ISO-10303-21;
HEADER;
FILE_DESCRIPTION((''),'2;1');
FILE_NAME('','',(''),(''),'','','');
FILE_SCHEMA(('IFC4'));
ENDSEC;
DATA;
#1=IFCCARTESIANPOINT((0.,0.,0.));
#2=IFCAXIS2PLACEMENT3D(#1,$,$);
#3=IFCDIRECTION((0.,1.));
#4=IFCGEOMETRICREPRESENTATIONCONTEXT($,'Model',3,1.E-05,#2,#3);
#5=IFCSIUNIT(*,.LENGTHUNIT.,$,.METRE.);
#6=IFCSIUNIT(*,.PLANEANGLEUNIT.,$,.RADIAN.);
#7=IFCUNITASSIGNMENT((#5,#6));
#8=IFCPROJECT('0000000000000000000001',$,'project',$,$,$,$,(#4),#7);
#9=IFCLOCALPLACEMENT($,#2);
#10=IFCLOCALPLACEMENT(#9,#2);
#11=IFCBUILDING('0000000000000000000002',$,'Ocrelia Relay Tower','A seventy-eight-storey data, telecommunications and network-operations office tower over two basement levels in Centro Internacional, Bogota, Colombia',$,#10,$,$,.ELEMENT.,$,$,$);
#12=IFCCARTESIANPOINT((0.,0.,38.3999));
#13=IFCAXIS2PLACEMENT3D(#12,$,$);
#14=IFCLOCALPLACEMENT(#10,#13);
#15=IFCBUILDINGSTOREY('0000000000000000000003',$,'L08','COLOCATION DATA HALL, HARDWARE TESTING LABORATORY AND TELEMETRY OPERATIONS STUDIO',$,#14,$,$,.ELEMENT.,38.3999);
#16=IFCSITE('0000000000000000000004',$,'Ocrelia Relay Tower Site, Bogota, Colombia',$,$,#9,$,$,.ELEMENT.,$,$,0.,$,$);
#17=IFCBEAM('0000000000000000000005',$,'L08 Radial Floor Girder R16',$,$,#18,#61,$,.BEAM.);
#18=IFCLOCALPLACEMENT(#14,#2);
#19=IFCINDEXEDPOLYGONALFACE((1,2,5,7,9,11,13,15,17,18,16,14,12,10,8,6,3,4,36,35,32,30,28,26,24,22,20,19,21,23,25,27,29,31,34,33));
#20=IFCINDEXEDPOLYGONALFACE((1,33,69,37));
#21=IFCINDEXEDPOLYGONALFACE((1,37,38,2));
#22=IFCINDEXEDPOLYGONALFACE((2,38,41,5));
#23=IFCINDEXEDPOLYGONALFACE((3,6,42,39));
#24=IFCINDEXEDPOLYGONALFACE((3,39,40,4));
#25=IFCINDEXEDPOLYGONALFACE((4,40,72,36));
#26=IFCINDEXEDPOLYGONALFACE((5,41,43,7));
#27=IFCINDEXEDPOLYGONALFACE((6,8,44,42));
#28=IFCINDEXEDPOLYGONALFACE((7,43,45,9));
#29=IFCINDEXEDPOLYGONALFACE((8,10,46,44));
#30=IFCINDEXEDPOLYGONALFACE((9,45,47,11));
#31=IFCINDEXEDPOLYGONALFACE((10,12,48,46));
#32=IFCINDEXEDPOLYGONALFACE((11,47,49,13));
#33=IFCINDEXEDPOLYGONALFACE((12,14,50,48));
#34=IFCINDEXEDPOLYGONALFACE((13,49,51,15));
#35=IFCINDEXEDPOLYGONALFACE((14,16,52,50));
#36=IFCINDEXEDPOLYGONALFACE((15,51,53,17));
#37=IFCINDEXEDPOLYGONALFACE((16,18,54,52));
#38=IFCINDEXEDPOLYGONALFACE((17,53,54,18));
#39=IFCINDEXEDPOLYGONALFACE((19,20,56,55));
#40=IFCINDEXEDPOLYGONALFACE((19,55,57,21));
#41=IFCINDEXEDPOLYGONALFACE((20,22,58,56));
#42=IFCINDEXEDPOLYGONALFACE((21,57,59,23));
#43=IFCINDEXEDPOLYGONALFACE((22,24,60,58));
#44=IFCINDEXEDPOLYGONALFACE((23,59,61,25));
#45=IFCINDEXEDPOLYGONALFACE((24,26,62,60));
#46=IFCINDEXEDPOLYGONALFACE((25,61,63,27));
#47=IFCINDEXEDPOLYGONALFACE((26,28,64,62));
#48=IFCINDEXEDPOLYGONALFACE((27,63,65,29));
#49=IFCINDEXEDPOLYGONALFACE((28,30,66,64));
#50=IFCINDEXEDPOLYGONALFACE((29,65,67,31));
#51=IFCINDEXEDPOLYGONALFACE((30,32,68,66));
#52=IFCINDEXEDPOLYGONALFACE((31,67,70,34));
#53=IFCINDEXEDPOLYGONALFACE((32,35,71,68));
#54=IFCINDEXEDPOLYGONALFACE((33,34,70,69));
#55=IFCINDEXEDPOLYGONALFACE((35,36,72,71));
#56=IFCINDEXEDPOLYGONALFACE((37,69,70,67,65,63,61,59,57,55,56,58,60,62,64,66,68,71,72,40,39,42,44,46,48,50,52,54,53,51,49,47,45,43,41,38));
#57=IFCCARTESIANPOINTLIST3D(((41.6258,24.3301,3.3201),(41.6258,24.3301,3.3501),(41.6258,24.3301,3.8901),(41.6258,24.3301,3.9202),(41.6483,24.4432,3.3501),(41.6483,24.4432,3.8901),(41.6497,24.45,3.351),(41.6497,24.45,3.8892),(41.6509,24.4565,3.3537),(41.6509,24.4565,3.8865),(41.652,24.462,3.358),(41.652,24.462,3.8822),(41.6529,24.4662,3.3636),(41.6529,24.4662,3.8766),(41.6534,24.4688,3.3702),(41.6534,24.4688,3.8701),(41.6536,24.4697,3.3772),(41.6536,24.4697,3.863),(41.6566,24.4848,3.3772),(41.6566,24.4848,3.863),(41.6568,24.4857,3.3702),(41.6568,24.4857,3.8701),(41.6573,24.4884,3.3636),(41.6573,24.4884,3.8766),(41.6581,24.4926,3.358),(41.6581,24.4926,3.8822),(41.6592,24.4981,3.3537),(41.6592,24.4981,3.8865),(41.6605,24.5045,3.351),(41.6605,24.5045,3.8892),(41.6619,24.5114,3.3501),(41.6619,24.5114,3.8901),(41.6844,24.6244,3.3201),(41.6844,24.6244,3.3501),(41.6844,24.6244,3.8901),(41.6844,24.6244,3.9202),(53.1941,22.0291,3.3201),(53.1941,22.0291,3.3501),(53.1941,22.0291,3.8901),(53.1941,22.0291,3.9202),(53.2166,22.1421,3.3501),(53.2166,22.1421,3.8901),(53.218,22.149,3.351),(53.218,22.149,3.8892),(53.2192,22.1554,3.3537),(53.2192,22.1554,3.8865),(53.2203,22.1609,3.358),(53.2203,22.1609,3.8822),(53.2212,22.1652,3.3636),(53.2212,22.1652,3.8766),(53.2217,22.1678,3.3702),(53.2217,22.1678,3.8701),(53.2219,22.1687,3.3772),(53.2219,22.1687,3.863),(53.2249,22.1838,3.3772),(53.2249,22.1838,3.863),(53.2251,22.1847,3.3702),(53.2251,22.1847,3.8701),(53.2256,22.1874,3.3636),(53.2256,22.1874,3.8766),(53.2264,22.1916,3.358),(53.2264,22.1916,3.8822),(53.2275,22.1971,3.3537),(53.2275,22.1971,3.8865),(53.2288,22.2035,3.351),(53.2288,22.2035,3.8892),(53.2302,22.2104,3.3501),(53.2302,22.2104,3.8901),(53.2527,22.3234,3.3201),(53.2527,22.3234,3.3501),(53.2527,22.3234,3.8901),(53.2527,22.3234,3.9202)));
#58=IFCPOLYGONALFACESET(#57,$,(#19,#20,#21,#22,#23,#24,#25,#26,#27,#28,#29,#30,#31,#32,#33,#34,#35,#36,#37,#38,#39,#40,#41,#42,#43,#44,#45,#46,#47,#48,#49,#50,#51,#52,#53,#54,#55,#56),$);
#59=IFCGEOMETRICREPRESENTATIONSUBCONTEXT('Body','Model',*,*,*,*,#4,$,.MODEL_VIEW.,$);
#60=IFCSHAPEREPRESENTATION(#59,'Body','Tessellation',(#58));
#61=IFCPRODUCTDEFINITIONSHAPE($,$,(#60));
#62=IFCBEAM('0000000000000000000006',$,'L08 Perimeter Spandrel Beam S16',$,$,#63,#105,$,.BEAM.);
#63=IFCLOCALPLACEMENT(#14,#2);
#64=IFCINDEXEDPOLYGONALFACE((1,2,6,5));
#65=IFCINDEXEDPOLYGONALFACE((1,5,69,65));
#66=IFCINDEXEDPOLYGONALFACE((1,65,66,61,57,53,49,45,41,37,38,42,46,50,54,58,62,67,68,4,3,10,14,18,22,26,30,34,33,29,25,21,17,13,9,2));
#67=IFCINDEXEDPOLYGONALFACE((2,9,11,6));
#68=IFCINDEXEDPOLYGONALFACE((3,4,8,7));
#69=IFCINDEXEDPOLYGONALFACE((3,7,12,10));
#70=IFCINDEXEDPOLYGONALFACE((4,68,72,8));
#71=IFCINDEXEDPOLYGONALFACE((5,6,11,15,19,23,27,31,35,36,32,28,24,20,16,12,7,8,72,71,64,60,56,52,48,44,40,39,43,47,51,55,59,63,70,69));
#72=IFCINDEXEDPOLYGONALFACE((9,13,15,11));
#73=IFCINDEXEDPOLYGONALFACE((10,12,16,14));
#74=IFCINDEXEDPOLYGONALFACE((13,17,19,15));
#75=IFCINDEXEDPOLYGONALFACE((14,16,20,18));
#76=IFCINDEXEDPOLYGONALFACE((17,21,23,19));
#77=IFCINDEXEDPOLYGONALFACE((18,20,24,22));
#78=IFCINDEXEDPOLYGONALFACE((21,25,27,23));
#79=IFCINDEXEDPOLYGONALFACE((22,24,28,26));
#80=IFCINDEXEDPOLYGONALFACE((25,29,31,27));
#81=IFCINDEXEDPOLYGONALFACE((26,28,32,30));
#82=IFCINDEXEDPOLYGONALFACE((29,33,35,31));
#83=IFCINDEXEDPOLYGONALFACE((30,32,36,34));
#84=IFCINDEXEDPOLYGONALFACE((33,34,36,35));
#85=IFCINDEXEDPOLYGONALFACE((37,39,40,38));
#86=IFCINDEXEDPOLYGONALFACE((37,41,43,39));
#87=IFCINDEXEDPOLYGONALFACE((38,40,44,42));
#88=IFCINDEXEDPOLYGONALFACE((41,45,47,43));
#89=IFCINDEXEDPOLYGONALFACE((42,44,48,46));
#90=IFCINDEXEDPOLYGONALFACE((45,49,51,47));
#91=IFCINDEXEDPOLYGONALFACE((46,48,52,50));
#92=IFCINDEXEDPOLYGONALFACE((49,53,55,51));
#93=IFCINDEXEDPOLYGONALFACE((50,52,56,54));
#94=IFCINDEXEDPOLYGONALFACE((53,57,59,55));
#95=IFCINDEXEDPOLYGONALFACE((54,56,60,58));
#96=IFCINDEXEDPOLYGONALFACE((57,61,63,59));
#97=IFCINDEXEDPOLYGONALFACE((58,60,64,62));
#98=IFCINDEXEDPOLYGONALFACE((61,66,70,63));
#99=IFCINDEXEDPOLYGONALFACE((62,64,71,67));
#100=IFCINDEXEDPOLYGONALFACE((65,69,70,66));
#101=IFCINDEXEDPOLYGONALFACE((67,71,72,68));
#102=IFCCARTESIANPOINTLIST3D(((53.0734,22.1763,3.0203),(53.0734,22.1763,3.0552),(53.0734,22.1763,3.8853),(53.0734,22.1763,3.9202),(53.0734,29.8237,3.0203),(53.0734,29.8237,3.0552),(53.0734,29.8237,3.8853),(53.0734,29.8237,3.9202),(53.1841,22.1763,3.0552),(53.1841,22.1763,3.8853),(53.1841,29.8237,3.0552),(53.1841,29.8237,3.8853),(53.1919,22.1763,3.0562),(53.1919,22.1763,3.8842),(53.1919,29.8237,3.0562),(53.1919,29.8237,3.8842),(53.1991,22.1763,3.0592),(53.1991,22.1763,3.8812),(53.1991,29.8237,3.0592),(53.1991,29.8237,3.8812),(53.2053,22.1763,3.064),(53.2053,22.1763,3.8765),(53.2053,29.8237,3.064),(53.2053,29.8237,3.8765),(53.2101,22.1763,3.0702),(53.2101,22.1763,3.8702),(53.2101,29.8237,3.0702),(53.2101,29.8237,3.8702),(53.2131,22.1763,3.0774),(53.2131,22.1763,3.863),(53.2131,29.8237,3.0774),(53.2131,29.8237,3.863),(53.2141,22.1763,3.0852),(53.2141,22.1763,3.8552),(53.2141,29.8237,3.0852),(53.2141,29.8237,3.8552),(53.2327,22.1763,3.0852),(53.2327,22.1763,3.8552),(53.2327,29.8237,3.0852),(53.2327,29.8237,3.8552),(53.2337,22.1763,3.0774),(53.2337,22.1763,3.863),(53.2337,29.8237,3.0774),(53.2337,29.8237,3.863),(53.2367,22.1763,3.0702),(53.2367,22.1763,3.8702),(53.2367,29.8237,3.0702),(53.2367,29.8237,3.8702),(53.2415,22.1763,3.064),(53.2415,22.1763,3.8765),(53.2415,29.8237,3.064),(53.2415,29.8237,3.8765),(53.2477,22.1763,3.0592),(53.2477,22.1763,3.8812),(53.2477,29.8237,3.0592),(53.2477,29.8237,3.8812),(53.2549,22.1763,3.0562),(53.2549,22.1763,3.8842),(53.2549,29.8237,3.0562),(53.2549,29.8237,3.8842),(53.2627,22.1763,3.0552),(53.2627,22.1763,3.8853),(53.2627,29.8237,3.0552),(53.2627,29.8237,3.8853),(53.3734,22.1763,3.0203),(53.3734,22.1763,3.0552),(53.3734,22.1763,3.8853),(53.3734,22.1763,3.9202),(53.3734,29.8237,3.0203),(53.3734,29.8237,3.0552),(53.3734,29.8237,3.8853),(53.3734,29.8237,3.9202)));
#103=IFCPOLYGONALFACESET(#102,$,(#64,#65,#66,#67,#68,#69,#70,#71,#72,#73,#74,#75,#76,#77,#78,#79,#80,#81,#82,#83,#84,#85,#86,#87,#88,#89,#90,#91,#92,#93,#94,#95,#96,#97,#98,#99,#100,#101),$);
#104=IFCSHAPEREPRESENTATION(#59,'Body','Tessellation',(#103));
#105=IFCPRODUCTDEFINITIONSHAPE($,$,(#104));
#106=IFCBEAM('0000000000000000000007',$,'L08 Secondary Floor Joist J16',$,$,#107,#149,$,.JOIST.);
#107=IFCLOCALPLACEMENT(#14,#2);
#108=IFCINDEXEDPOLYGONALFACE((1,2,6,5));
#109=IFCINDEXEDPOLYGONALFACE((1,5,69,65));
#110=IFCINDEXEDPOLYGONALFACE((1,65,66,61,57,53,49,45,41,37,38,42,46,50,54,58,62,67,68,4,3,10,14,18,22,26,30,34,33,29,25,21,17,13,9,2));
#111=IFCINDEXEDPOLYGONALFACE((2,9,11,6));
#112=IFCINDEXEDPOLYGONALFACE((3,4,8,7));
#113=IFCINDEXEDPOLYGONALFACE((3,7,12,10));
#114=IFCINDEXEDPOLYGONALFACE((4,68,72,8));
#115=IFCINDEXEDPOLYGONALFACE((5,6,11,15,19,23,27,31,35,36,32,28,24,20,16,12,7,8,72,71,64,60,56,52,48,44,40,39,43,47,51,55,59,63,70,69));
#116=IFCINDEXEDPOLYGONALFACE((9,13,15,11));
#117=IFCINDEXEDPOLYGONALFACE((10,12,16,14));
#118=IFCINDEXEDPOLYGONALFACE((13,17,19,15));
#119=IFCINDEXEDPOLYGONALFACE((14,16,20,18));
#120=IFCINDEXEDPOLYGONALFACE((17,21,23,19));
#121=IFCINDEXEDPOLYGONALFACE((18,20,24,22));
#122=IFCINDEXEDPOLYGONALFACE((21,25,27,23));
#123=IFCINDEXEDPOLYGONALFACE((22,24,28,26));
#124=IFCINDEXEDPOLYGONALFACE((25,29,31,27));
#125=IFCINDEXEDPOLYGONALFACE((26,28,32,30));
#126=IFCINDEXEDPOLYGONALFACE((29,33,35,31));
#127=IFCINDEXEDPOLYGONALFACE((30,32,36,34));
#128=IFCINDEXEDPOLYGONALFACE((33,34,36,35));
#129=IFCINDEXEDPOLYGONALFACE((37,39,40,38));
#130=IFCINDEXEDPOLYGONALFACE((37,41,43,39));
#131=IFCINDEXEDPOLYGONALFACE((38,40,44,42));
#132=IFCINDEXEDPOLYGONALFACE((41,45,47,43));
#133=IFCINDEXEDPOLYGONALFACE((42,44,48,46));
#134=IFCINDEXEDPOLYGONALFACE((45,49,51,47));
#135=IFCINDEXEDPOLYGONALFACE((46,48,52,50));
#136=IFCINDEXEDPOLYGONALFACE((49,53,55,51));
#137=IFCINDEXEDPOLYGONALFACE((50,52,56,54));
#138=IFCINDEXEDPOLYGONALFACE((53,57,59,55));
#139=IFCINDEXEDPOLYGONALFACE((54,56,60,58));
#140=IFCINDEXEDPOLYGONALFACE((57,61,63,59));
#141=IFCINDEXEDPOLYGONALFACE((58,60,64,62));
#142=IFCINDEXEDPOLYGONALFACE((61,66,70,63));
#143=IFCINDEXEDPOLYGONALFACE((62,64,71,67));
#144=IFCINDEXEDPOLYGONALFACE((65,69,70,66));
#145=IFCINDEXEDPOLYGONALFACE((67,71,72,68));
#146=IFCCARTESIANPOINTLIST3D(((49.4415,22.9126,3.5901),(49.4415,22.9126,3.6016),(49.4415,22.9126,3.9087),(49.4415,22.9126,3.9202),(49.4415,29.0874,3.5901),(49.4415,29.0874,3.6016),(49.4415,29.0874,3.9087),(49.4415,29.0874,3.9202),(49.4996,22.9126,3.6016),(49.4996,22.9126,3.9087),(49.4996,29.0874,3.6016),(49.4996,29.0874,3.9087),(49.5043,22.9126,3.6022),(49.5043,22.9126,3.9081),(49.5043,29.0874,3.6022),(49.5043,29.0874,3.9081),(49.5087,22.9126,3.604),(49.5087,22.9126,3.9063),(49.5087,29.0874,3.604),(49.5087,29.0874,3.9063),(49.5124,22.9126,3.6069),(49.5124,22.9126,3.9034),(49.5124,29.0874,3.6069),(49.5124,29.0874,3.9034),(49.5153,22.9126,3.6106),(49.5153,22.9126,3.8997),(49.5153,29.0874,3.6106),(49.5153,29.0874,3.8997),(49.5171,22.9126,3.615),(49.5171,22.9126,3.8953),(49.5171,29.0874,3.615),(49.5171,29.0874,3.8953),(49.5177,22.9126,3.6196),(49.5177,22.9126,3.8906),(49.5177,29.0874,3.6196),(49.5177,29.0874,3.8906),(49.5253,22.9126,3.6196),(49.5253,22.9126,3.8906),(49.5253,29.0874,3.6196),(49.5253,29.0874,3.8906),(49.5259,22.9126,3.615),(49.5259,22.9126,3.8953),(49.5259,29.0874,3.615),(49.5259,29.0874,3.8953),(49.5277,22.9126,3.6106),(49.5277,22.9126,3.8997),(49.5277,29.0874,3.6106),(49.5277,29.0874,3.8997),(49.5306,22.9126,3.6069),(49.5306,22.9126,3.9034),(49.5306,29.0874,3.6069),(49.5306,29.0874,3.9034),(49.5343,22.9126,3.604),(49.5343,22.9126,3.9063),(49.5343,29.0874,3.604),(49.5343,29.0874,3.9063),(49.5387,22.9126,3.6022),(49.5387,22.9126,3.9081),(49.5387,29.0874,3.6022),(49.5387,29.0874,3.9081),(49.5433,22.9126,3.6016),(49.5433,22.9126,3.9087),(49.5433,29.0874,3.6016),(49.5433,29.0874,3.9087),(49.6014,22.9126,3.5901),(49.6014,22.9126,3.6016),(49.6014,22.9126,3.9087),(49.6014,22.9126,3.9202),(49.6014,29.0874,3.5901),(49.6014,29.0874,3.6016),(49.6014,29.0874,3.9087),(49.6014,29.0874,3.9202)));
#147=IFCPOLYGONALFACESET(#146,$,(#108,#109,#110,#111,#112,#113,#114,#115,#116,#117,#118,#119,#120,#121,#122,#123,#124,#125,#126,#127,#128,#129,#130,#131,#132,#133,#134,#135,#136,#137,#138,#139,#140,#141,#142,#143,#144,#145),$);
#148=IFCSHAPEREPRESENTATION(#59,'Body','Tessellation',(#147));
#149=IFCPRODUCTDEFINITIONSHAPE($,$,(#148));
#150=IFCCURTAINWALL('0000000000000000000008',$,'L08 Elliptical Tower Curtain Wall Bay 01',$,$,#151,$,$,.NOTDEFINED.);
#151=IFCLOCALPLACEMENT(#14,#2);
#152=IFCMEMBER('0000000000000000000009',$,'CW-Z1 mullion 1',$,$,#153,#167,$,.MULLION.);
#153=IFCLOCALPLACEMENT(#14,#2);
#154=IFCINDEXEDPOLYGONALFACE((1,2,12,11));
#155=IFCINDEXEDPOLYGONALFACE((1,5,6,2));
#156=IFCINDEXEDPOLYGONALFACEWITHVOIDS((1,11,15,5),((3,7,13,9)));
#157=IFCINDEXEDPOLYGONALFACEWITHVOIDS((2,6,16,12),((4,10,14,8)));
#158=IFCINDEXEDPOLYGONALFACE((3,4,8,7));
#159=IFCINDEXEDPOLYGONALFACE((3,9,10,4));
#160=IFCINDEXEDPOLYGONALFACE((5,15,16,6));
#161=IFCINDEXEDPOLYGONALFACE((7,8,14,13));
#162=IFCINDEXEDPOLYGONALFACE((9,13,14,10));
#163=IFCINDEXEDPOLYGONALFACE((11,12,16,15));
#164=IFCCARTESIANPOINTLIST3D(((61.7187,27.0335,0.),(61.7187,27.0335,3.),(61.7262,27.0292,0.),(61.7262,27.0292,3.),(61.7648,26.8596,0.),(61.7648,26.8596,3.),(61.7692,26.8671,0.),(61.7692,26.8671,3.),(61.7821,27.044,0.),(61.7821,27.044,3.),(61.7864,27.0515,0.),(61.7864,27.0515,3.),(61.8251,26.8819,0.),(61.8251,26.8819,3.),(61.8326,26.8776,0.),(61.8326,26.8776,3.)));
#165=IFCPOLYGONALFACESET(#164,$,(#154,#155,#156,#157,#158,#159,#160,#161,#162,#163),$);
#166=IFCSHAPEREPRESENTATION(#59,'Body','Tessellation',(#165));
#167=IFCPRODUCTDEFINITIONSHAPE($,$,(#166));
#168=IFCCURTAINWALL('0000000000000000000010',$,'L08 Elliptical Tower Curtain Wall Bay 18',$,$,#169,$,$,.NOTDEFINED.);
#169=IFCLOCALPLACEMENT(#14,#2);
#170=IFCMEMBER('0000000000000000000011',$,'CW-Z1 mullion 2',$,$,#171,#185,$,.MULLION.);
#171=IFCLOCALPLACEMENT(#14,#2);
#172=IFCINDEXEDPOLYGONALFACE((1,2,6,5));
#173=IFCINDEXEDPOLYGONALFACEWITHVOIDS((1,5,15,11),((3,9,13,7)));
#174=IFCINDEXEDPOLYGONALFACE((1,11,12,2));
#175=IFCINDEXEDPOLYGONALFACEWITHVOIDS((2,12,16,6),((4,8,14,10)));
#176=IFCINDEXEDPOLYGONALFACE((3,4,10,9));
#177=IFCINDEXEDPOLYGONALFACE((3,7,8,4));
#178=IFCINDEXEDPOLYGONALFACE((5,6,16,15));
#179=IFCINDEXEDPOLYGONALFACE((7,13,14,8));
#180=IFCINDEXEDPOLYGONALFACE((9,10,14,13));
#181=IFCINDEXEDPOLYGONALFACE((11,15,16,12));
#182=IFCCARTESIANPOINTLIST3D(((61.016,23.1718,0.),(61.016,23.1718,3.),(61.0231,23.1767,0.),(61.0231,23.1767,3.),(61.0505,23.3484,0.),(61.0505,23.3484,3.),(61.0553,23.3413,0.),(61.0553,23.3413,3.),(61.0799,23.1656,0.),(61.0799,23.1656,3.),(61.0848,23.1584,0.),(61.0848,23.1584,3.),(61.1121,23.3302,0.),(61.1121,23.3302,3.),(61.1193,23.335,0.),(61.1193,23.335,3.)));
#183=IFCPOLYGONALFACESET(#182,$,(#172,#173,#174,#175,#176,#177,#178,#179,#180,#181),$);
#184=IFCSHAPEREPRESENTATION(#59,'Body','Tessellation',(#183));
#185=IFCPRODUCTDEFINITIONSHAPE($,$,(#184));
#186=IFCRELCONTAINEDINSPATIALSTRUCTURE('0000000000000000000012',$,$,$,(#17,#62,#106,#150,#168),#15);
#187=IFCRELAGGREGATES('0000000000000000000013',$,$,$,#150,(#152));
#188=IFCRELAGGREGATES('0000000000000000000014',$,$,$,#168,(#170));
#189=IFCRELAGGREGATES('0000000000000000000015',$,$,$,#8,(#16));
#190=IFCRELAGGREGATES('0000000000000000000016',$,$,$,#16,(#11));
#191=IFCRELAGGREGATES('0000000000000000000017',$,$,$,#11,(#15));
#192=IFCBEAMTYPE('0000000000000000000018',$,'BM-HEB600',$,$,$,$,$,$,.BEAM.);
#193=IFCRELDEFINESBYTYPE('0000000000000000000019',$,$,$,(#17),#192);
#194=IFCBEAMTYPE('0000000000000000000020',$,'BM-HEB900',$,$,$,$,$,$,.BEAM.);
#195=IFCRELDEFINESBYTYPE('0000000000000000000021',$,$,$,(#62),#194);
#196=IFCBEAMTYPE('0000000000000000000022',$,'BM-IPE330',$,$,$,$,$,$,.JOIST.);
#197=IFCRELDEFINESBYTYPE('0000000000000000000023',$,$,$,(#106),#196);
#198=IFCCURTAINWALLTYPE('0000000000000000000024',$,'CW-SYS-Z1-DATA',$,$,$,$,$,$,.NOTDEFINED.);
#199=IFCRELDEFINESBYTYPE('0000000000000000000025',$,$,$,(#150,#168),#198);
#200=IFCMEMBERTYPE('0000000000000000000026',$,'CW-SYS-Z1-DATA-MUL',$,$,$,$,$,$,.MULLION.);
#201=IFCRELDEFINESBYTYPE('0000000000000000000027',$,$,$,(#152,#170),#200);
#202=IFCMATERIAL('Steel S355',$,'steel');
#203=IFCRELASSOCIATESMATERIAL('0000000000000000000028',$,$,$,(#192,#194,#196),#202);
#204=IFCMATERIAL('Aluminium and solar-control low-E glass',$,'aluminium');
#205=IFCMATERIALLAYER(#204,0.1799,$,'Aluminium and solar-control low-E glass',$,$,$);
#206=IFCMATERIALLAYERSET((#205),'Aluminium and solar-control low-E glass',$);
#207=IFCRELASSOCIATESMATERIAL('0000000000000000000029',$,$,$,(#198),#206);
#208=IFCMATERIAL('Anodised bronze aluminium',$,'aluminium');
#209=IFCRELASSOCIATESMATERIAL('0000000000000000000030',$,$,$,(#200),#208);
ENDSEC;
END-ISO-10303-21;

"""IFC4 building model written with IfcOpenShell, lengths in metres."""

from ifc_helpers import new_model, si_unit, direction, frame, origin, origin_2d, place, context, subcontext, project, spatial, hollow_rectangle, i_section, extrude, material, layer, layer_set, material_profile, profile_set, type_object, element, aggregate, save


model = new_model("IFC4")

# Units and contexts
model_context = context("Model", 3, precision=1e-05, world=origin(), true_north=direction((0.0, 1.0)))
body_context = subcontext(model_context, "Body", "Model", "MODEL_VIEW")
ifc_project = project(units=[si_unit("LENGTHUNIT", "METRE"), si_unit("PLANEANGLEUNIT", "RADIAN")], contexts=[model_context])

# Site, building, storey
site_placement = place(None, origin())
site = spatial("IfcSite", under=ifc_project, at=site_placement, Name="Ocrelia Relay Tower Site, Bogota, Colombia", CompositionType="ELEMENT", RefElevation=0.0)
building_placement = place(site_placement, origin())
building = spatial("IfcBuilding", under=site, at=building_placement, Name="Ocrelia Relay Tower", Description="A seventy-eight-storey data, telecommunications and network-operations office tower over two basement levels in Centro Internacional, Bogota, Colombia", CompositionType="ELEMENT")
storey_placement = place(building_placement, frame((0.0, 0.0, 38.3999)))
storey = spatial("IfcBuildingStorey", under=building, at=storey_placement, Name="L08", Description="COLOCATION DATA HALL, HARDWARE TESTING LABORATORY AND TELEMETRY OPERATIONS STUDIO", CompositionType="ELEMENT", Elevation=38.3999)

# Beams
ifc_material_1 = material(Name="Steel S355", Category="steel")
ifc_material_profile_1 = material_profile(ifc_material_1, i_section(OverallWidth=0.3, OverallDepth=0.6001, WebThickness=0.0154, FlangeThickness=0.03, FilletRadius=0.0271, at=origin_2d()), Name="HEB 600")
ifc_profile_set_1 = profile_set([ifc_material_profile_1], Name="Steel S355")
beam_type_1 = type_object("IfcBeamType", Name="BM-HEB600", PredefinedType="BEAM", material=ifc_profile_set_1)
beam_1_placement = place(storey_placement, frame((53.2234, 22.1763, 3.6201), z_axis=(-0.980786, 0.195085, 0.0), x_axis=(-0.195085, -0.980786, 0.0)))
element("IfcBeam", 1, at=beam_1_placement, inside=storey, type_object=beam_type_1, Name="L08 Radial Floor Girder R16", PredefinedType="BEAM", context=body_context, shape_type="SweptSolid", body=[
    extrude(i_section(OverallWidth=0.3, OverallDepth=0.6001, WebThickness=0.0154, FlangeThickness=0.03, FilletRadius=0.0271, at=origin_2d()), origin(), (0.0, 0.0, 1.0), 11.7949),
])
ifc_material_profile_2 = material_profile(ifc_material_1, i_section(OverallWidth=0.3, OverallDepth=0.8999, WebThickness=0.0186, FlangeThickness=0.0349, FilletRadius=0.03, at=origin_2d()), Name="HEB 900")
ifc_profile_set_2 = profile_set([ifc_material_profile_2], Name="Steel S355")
beam_type_2 = type_object("IfcBeamType", Name="BM-HEB900", PredefinedType="BEAM", material=ifc_profile_set_2)
beam_2_placement = place(storey_placement, frame((53.2234, 22.1763, 3.4702), z_axis=(0.0, 1.0, 0.0), x_axis=(-1.0, 0.0, 0.0)))
element("IfcBeam", 2, at=beam_2_placement, inside=storey, type_object=beam_type_2, Name="L08 Perimeter Spandrel Beam S16", PredefinedType="BEAM", context=body_context, shape_type="SweptSolid", body=[
    extrude(i_section(OverallWidth=0.3, OverallDepth=0.8999, WebThickness=0.0186, FlangeThickness=0.0349, FilletRadius=0.03, at=origin_2d()), origin(), (0.0, 0.0, 1.0), 7.6475),
])
ifc_material_profile_3 = material_profile(ifc_material_1, i_section(OverallWidth=0.1599, OverallDepth=0.3301, WebThickness=0.0076, FlangeThickness=0.0115, FilletRadius=0.0181, at=origin_2d()), Name="IPE 330")
ifc_profile_set_3 = profile_set([ifc_material_profile_3], Name="Steel S355")
beam_type_3 = type_object("IfcBeamType", Name="BM-IPE330", PredefinedType="JOIST", material=ifc_profile_set_3)
beam_3_placement = place(storey_placement, frame((49.5215, 22.9126, 3.7551), z_axis=(0.0, 1.0, 0.0), x_axis=(-1.0, 0.0, 0.0)))
element("IfcBeam", 3, at=beam_3_placement, inside=storey, type_object=beam_type_3, Name="L08 Secondary Floor Joist J16", PredefinedType="JOIST", context=body_context, shape_type="SweptSolid", body=[
    extrude(i_section(OverallWidth=0.1599, OverallDepth=0.3301, WebThickness=0.0076, FlangeThickness=0.0115, FilletRadius=0.0181, at=origin_2d()), origin(), (0.0, 0.0, 1.0), 6.1748),
])

# Curtain wall, member
ifc_material_2 = material(Name="Aluminium and solar-control low-E glass", Category="aluminium")
ifc_layer_1 = layer(ifc_material_2, 0.1799, Name="Aluminium and solar-control low-E glass")
ifc_layer_set_1 = layer_set([ifc_layer_1], Name="Aluminium and solar-control low-E glass")
curtain_wall_type = type_object("IfcCurtainWallType", Name="CW-SYS-Z1-DATA", PredefinedType="NOTDEFINED", material=ifc_layer_set_1)
curtain_wall_1_placement = place(storey_placement, origin())
curtain_wall_1 = element("IfcCurtainWall", 4, at=curtain_wall_1_placement, inside=storey, type_object=curtain_wall_type, Name="L08 Elliptical Tower Curtain Wall Bay 01", PredefinedType="NOTDEFINED")
ifc_material_3 = material(Name="Anodised bronze aluminium", Category="aluminium")
ifc_material_profile_4 = material_profile(ifc_material_3, hollow_rectangle(XDim=0.0701, YDim=0.1799, WallThickness=0.0061, at=origin_2d()), Name="CW-MUL-180x70")
ifc_profile_set_4 = profile_set([ifc_material_profile_4], Name="Anodised bronze aluminium")
member_type_1 = type_object("IfcMemberType", Name="CW-SYS-Z1-DATA-MUL", PredefinedType="MULLION", material=ifc_profile_set_4)
member_1_placement = place(storey_placement, frame((61.7756, 26.9556, 0.0), z_axis=(0.0, 0.0, 1.0), x_axis=(-0.966557, -0.256451, 0.0)))
member_1 = element("IfcMember", 5, at=member_1_placement, type_object=member_type_1, Name="CW-Z1 mullion 1", PredefinedType="MULLION", context=body_context, shape_type="SweptSolid", body=[
    extrude(hollow_rectangle(XDim=0.0701, YDim=0.1799, WallThickness=0.0061, at=origin_2d()), origin(), (0.0, 0.0, 1.0), 3.0),
])

# Curtain wall, member
curtain_wall_2_placement = place(storey_placement, origin())
curtain_wall_2 = element("IfcCurtainWall", 6, at=curtain_wall_2_placement, inside=storey, type_object=curtain_wall_type, Name="L08 Elliptical Tower Curtain Wall Bay 18", PredefinedType="NOTDEFINED")
member_2_placement = place(storey_placement, frame((61.0676, 23.2534, 0.0), z_axis=(0.0, 0.0, 1.0), x_axis=(-0.981426, 0.191841, 0.0)))
member_2 = element("IfcMember", 7, at=member_2_placement, type_object=member_type_1, Name="CW-Z1 mullion 2", PredefinedType="MULLION", context=body_context, shape_type="SweptSolid", body=[
    extrude(hollow_rectangle(XDim=0.0701, YDim=0.1799, WallThickness=0.0061, at=origin_2d()), origin(), (0.0, 0.0, 1.0), 3.0),
])

aggregate(curtain_wall_1, [member_1])

aggregate(curtain_wall_2, [member_2])

save(model, "model.ifc")
